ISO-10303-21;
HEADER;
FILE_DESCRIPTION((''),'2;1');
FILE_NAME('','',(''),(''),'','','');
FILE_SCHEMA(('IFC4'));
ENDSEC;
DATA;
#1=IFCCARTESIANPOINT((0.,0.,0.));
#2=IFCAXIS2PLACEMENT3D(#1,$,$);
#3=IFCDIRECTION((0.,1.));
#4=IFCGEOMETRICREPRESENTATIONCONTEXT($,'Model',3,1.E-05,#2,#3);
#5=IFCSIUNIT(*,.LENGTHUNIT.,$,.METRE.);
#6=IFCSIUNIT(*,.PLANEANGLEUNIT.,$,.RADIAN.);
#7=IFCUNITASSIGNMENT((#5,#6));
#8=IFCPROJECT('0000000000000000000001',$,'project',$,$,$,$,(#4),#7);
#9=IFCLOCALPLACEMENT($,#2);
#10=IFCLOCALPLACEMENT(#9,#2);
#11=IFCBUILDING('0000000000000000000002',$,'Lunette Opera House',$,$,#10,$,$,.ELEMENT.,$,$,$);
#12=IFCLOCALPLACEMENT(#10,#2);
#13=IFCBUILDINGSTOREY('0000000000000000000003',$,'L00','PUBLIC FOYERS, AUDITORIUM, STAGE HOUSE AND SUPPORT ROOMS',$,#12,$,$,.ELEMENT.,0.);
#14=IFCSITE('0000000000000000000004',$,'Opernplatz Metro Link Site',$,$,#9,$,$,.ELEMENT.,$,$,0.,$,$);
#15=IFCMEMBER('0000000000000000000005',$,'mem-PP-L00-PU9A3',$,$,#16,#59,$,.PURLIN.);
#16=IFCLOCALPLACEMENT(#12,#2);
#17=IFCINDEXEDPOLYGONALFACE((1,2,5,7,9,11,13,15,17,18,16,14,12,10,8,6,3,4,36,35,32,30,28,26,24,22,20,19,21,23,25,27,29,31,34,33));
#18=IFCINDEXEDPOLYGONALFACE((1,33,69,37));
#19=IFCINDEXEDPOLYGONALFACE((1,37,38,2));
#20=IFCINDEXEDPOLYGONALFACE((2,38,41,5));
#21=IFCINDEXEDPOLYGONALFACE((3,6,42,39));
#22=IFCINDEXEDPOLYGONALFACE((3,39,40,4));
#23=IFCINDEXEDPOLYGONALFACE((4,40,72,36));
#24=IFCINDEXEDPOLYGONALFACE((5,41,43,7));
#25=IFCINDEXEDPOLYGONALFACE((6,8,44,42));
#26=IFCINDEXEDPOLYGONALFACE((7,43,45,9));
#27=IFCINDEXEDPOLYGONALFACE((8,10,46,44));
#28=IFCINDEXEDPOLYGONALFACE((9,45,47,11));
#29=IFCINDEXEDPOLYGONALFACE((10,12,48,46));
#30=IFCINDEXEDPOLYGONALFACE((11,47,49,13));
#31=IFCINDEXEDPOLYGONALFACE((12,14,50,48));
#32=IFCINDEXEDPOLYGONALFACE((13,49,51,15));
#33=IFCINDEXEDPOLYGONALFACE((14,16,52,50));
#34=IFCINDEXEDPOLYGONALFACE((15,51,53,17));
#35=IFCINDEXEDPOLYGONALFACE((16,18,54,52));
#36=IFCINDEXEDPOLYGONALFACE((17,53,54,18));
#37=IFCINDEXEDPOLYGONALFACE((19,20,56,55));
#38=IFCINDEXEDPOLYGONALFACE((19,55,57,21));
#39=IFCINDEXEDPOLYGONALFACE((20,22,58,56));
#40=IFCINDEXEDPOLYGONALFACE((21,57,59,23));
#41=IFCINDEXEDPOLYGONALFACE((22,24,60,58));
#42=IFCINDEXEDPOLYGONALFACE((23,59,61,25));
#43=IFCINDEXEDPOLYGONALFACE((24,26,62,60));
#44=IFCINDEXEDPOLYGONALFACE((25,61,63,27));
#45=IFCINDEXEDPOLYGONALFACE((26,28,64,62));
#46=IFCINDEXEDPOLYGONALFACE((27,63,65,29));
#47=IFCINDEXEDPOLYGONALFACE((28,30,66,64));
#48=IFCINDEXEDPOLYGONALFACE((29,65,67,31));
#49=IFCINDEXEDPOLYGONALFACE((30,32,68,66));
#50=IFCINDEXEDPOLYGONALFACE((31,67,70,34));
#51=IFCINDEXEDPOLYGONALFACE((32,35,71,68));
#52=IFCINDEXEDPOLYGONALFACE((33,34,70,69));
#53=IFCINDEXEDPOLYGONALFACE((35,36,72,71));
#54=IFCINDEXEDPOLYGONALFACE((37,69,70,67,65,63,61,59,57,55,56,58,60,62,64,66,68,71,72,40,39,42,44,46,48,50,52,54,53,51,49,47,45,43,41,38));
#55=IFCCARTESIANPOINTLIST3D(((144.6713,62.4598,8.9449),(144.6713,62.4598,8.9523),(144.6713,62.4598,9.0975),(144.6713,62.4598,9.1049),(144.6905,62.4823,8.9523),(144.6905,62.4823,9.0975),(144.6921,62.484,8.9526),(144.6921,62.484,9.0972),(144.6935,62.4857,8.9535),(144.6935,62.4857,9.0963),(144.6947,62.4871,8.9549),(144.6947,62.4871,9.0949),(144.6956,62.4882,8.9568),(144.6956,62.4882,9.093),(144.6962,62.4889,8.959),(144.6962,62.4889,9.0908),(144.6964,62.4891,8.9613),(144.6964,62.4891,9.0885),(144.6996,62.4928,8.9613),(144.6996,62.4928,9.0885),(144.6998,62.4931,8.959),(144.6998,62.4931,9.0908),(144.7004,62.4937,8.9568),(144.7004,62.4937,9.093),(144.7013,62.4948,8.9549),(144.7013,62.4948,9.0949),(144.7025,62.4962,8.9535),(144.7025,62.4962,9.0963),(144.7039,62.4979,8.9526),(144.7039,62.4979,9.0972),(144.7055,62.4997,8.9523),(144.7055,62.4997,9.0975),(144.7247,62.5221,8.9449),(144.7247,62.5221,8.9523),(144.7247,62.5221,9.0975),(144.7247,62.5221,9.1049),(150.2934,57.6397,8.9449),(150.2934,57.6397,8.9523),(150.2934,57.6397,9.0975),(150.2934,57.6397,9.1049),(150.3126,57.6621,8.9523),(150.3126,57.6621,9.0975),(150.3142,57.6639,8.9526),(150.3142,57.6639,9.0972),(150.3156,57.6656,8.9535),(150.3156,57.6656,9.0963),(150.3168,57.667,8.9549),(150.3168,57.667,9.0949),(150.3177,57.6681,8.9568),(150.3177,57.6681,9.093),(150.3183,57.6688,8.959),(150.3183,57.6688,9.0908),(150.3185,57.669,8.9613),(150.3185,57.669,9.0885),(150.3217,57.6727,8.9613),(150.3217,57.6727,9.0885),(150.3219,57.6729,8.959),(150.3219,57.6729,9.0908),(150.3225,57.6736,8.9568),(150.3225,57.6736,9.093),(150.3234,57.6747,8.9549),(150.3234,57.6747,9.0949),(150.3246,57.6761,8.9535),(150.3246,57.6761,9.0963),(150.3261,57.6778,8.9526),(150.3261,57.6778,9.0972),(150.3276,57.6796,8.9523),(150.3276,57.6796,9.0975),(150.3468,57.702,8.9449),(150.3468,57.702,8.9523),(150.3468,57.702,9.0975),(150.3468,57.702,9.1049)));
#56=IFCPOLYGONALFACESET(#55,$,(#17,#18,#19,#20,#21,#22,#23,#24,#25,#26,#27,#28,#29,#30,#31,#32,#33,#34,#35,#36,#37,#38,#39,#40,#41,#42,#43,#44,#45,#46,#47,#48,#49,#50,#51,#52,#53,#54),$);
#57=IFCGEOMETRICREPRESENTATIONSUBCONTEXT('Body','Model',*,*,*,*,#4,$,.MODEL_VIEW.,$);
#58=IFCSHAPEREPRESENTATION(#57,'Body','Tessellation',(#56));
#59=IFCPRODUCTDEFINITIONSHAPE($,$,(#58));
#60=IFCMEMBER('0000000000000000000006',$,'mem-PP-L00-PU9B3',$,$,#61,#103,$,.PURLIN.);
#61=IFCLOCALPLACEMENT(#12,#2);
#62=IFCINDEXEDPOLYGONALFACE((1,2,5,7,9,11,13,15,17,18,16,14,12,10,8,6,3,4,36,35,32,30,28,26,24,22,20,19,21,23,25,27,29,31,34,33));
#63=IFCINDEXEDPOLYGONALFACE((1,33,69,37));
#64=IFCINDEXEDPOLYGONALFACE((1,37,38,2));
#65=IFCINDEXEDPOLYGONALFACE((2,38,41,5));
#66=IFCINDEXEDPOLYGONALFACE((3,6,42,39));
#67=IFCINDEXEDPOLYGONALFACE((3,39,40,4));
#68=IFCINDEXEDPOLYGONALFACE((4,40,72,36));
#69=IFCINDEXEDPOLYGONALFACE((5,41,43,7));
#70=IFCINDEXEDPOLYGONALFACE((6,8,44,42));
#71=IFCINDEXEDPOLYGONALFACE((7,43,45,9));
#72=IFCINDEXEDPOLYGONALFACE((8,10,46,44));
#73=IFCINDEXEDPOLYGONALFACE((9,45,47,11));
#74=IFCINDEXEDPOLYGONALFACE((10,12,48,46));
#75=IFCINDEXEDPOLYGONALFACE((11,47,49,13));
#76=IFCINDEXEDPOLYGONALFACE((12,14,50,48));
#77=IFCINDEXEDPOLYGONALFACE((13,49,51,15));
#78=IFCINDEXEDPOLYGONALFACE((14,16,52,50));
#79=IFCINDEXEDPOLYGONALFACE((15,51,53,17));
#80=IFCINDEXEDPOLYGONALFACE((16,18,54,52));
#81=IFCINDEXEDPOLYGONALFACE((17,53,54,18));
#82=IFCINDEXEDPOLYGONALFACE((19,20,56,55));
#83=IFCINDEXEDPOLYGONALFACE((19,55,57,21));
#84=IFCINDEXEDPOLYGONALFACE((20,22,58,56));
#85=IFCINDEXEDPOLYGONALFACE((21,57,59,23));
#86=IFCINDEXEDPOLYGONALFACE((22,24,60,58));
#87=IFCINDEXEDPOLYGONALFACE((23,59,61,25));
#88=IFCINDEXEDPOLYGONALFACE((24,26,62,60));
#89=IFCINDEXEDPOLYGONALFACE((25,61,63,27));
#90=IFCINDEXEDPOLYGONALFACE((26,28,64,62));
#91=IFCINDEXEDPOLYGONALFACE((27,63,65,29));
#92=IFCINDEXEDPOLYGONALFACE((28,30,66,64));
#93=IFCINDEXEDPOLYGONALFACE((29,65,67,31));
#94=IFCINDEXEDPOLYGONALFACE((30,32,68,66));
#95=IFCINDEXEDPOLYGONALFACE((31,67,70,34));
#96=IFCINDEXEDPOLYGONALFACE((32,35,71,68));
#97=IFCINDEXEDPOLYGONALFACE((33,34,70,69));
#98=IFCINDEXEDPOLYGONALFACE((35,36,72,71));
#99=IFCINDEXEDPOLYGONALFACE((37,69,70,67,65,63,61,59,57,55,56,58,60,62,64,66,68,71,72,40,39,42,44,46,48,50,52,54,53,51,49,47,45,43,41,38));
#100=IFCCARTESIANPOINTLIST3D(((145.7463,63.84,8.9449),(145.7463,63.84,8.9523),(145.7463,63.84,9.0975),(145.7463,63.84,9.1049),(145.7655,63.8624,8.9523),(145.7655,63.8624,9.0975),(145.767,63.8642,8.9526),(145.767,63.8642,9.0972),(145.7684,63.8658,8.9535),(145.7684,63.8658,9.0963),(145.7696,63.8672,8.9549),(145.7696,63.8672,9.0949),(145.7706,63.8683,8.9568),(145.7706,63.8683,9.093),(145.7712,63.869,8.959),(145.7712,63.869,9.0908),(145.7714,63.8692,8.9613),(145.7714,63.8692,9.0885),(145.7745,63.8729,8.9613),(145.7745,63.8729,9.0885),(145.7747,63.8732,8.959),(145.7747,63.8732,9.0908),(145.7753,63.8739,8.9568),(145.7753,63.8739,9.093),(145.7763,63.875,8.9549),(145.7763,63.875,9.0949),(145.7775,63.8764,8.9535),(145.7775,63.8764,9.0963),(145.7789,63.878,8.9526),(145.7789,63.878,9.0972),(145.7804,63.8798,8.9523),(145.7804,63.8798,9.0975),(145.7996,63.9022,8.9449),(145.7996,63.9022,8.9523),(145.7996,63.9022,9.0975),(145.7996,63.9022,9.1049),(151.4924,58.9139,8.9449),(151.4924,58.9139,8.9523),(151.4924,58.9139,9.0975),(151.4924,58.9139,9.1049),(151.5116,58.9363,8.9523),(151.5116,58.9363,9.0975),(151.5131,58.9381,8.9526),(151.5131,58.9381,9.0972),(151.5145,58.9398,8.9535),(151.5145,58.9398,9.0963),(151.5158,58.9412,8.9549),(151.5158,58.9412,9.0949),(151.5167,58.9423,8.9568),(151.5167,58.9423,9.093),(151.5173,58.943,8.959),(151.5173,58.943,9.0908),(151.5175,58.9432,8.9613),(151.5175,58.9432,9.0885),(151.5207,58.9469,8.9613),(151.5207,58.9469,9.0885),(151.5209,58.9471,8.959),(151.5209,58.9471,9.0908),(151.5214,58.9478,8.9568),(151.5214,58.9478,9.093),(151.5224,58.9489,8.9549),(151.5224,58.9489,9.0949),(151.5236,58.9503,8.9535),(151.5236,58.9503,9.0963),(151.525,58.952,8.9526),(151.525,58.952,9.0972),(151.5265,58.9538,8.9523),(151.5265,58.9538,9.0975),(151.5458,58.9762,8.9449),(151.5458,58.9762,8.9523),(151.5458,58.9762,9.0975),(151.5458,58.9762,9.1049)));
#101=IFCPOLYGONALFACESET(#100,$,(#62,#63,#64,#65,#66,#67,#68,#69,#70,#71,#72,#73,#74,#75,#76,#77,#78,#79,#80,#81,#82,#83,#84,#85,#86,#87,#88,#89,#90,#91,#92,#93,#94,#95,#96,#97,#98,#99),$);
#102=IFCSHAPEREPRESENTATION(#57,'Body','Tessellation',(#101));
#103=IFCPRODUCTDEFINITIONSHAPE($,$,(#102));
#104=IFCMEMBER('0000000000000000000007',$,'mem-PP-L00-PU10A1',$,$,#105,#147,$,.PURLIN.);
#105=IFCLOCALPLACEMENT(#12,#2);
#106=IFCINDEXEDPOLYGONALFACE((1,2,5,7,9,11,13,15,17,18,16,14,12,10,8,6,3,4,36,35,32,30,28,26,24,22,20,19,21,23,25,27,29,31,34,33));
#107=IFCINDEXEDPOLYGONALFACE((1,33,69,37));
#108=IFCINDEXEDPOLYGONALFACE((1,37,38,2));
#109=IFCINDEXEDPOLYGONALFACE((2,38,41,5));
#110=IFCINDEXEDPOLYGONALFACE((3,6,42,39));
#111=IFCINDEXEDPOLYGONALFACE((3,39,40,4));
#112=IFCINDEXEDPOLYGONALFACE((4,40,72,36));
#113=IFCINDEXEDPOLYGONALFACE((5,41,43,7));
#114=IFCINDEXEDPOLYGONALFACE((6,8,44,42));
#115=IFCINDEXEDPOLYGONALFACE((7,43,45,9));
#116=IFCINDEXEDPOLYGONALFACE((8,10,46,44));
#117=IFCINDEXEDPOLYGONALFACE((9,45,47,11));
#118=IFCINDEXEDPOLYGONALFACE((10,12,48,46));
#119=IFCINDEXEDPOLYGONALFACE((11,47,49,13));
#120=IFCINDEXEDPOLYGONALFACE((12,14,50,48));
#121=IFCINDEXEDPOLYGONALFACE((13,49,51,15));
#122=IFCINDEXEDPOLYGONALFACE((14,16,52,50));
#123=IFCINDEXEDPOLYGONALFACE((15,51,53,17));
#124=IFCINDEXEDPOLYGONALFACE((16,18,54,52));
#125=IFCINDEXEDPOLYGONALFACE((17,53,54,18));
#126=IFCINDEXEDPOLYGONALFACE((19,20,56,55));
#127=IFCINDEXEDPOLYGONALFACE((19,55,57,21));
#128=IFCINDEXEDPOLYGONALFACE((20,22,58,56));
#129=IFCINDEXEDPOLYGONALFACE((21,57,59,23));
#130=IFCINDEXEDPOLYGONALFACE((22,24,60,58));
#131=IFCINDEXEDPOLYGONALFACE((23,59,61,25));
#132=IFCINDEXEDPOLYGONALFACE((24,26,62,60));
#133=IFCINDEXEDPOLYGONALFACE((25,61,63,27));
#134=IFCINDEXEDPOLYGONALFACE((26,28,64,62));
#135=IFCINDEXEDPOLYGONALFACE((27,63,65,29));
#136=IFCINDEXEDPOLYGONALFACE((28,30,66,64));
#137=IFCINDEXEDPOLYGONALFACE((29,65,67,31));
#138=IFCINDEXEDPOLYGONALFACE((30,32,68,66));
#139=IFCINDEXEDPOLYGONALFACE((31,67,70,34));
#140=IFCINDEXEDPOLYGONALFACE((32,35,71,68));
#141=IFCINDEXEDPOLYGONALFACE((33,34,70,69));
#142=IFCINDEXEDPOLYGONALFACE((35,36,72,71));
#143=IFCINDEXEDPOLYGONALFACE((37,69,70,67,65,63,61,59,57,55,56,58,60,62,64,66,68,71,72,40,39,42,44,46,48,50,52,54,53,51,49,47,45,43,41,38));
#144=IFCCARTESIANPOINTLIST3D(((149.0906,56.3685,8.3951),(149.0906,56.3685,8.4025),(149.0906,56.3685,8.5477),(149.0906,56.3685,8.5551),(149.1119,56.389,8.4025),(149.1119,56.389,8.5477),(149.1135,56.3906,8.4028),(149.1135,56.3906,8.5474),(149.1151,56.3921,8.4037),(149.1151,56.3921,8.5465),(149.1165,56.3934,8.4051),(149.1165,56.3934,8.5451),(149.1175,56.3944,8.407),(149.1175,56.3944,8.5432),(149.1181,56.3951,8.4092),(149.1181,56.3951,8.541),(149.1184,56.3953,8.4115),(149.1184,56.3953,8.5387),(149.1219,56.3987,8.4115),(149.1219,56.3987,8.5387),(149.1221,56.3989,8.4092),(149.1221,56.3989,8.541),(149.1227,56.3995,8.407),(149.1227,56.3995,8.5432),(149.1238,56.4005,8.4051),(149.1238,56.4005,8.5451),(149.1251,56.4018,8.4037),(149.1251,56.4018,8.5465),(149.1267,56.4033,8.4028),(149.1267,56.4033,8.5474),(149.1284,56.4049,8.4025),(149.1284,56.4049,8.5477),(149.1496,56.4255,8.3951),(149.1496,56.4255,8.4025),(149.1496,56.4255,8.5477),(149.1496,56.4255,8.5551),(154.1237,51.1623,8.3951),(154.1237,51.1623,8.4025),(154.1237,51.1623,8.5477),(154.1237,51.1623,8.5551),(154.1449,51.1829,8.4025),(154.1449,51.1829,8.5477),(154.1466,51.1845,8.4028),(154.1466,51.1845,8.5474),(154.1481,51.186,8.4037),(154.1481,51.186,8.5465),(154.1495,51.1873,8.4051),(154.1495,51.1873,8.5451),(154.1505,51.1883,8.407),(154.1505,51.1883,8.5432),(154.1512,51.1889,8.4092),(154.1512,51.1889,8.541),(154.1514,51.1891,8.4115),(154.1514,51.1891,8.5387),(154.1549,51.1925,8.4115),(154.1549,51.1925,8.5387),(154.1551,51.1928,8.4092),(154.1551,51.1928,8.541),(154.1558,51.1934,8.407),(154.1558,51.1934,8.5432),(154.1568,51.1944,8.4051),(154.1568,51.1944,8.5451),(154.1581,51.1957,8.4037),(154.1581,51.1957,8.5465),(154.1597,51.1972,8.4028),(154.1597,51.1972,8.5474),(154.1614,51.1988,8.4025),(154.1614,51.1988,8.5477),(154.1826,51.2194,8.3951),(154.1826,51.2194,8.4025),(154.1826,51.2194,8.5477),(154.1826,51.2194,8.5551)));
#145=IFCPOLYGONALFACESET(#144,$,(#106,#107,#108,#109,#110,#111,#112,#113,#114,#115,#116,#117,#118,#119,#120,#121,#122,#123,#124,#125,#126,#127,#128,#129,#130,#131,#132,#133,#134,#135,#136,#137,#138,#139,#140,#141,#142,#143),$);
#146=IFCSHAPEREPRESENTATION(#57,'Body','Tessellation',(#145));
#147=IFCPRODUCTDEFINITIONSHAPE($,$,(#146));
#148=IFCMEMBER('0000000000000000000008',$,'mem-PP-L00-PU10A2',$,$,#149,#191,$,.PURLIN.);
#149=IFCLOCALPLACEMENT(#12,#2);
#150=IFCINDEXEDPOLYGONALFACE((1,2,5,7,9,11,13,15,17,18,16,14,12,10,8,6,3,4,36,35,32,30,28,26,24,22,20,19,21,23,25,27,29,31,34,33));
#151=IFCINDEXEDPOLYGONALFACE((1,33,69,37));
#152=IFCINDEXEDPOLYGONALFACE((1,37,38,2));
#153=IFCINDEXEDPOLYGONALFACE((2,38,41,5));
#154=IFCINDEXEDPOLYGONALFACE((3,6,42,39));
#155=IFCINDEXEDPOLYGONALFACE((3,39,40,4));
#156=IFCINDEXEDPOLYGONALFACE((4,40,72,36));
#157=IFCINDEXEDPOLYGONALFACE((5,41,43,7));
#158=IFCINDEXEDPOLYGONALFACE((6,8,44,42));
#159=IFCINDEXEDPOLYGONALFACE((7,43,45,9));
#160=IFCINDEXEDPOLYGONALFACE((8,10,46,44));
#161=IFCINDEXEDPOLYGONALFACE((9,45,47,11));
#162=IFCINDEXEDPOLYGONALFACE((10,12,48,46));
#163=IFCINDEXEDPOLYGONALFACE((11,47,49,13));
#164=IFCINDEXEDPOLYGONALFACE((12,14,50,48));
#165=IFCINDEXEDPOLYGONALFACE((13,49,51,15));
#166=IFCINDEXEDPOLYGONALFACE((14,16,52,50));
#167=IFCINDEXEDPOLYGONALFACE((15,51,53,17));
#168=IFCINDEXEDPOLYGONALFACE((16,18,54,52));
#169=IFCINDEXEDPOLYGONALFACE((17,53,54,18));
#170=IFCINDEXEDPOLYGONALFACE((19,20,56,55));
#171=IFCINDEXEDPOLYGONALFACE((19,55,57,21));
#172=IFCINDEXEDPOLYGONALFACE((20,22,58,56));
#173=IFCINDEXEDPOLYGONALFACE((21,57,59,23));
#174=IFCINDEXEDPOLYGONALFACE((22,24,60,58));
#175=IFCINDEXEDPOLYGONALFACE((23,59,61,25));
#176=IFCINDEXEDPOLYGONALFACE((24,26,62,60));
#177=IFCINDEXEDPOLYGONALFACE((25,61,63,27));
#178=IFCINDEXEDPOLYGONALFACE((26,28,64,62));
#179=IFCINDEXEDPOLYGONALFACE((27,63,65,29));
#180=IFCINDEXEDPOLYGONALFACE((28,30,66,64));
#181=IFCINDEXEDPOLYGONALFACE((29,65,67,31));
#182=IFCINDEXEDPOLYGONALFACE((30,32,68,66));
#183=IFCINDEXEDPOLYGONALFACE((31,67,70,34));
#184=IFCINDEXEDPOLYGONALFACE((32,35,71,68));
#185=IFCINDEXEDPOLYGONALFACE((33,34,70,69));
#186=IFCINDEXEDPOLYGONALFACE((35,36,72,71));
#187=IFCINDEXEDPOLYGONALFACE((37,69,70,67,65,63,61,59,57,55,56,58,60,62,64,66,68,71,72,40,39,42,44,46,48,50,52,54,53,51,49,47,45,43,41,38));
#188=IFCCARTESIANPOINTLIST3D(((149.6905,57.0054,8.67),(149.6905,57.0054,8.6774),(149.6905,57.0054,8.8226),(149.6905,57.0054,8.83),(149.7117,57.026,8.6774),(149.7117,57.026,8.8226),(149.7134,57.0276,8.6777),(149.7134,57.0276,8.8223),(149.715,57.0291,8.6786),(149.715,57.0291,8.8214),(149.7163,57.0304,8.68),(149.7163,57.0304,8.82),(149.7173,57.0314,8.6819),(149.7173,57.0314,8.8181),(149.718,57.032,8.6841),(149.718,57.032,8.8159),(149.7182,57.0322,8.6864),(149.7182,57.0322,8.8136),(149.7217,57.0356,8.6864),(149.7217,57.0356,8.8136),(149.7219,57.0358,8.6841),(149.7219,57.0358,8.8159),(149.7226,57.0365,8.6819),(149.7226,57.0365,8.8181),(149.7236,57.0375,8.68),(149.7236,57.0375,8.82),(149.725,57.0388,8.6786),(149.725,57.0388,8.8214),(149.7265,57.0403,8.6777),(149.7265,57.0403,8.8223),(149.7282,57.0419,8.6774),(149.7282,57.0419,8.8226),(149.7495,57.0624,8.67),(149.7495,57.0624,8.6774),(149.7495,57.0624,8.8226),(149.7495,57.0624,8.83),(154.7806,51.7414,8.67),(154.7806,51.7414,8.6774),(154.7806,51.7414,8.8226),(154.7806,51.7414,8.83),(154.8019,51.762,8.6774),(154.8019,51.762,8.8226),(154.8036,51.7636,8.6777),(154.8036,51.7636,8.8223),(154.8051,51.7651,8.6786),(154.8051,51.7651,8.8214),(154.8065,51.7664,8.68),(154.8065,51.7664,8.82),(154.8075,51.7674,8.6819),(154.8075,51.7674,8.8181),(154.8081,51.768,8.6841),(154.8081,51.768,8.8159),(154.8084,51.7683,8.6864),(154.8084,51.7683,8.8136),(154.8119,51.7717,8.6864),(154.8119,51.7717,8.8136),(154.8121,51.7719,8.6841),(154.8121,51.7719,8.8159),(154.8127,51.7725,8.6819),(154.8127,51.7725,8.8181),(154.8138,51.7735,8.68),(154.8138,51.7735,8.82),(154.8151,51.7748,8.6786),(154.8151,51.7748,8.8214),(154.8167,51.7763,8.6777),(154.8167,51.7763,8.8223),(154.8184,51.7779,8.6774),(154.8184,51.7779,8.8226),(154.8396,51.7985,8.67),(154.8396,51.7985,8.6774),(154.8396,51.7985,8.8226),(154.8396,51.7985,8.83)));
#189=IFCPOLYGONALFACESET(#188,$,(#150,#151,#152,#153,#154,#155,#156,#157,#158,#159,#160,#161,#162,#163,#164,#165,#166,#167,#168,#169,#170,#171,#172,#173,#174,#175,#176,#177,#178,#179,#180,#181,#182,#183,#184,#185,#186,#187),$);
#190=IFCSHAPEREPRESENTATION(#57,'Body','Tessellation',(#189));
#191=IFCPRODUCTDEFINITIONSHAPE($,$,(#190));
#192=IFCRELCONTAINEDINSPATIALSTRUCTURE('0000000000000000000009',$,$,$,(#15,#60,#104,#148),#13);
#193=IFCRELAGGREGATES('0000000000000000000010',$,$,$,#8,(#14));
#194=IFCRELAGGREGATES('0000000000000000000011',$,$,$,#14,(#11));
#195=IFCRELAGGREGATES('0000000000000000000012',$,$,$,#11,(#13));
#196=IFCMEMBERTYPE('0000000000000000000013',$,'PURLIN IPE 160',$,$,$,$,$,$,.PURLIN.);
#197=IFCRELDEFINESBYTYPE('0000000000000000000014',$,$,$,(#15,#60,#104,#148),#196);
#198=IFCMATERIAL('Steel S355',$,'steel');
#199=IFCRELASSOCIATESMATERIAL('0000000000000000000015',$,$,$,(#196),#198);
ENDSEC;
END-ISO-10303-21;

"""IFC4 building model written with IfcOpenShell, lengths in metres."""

from ifc_helpers import new_model, si_unit, direction, frame, origin, origin_2d, place, context, subcontext, project, spatial, i_section, extrude, material, material_profile, profile_set, type_object, element, save


model = new_model("IFC4")

# Units and contexts
model_context = context("Model", 3, precision=1e-05, world=origin(), true_north=direction((0.0, 1.0)))
body_context = subcontext(model_context, "Body", "Model", "MODEL_VIEW")
ifc_project = project(units=[si_unit("LENGTHUNIT", "METRE"), si_unit("PLANEANGLEUNIT", "RADIAN")], contexts=[model_context])

# Site, building, storey
site_placement = place(None, origin())
site = spatial("IfcSite", under=ifc_project, at=site_placement, Name="Opernplatz Metro Link Site", CompositionType="ELEMENT", RefElevation=0.0)
building_placement = place(site_placement, origin())
building = spatial("IfcBuilding", under=site, at=building_placement, Name="Lunette Opera House", CompositionType="ELEMENT")
storey_placement = place(building_placement, origin())
storey = spatial("IfcBuildingStorey", under=building, at=storey_placement, Name="L00", Description="PUBLIC FOYERS, AUDITORIUM, STAGE HOUSE AND SUPPORT ROOMS", CompositionType="ELEMENT", Elevation=0.0)

# Members
ifc_material_1 = material(Name="Steel S355", Category="steel")
ifc_material_profile_1 = material_profile(ifc_material_1, i_section(OverallWidth=0.082, OverallDepth=0.1599, WebThickness=0.0049, FlangeThickness=0.0073, FilletRadius=0.009, at=origin_2d()), Name="IPE 160")
ifc_profile_set_1 = profile_set([ifc_material_profile_1], Name="Steel S355")
member_type_1 = type_object("IfcMemberType", Name="PURLIN IPE 160", PredefinedType="PURLIN", material=ifc_profile_set_1)
member_1_placement = place(storey_placement, frame((144.698, 62.491, 9.0249), z_axis=(0.75918, -0.650881, 0.0), x_axis=(0.650881, 0.75918, 0.0)))
element("IfcMember", 1, at=member_1_placement, inside=storey, type_object=member_type_1, Name="mem-PP-L00-PU9A3", PredefinedType="PURLIN", context=body_context, shape_type="SweptSolid", body=[
    extrude(i_section(OverallWidth=0.082, OverallDepth=0.1599, WebThickness=0.0049, FlangeThickness=0.0073, FilletRadius=0.009, at=origin_2d()), origin(), (0.0, 0.0, 1.0), 7.4055),
])
member_2_placement = place(storey_placement, frame((145.7729, 63.8711, 9.0249), z_axis=(0.759204, -0.650852, 0.0), x_axis=(0.650852, 0.759204, 0.0)))
element("IfcMember", 2, at=member_2_placement, inside=storey, type_object=member_type_1, Name="mem-PP-L00-PU9B3", PredefinedType="PURLIN", context=body_context, shape_type="SweptSolid", body=[
    extrude(i_section(OverallWidth=0.082, OverallDepth=0.1599, WebThickness=0.0049, FlangeThickness=0.0073, FilletRadius=0.009, at=origin_2d()), origin(), (0.0, 0.0, 1.0), 7.5686),
])
member_3_placement = place(storey_placement, frame((149.1201, 56.397, 8.4751), z_axis=(0.695053, -0.718958, 0.0), x_axis=(0.718958, 0.695053, 0.0)))
element("IfcMember", 3, at=member_3_placement, inside=storey, type_object=member_type_1, Name="mem-PP-L00-PU10A1", PredefinedType="PURLIN", context=body_context, shape_type="SweptSolid", body=[
    extrude(i_section(OverallWidth=0.082, OverallDepth=0.1599, WebThickness=0.0049, FlangeThickness=0.0073, FilletRadius=0.009, at=origin_2d()), origin(), (0.0, 0.0, 1.0), 7.2412),
])
member_4_placement = place(storey_placement, frame((149.72, 57.0339, 8.75), z_axis=(0.695138, -0.718877, 0.0), x_axis=(0.718877, 0.695138, 0.0)))
element("IfcMember", 4, at=member_4_placement, inside=storey, type_object=member_type_1, Name="mem-PP-L00-PU10A2", PredefinedType="PURLIN", context=body_context, shape_type="SweptSolid", body=[
    extrude(i_section(OverallWidth=0.082, OverallDepth=0.1599, WebThickness=0.0049, FlangeThickness=0.0073, FilletRadius=0.009, at=origin_2d()), origin(), (0.0, 0.0, 1.0), 7.3225),
])

save(model, "model.ifc")
